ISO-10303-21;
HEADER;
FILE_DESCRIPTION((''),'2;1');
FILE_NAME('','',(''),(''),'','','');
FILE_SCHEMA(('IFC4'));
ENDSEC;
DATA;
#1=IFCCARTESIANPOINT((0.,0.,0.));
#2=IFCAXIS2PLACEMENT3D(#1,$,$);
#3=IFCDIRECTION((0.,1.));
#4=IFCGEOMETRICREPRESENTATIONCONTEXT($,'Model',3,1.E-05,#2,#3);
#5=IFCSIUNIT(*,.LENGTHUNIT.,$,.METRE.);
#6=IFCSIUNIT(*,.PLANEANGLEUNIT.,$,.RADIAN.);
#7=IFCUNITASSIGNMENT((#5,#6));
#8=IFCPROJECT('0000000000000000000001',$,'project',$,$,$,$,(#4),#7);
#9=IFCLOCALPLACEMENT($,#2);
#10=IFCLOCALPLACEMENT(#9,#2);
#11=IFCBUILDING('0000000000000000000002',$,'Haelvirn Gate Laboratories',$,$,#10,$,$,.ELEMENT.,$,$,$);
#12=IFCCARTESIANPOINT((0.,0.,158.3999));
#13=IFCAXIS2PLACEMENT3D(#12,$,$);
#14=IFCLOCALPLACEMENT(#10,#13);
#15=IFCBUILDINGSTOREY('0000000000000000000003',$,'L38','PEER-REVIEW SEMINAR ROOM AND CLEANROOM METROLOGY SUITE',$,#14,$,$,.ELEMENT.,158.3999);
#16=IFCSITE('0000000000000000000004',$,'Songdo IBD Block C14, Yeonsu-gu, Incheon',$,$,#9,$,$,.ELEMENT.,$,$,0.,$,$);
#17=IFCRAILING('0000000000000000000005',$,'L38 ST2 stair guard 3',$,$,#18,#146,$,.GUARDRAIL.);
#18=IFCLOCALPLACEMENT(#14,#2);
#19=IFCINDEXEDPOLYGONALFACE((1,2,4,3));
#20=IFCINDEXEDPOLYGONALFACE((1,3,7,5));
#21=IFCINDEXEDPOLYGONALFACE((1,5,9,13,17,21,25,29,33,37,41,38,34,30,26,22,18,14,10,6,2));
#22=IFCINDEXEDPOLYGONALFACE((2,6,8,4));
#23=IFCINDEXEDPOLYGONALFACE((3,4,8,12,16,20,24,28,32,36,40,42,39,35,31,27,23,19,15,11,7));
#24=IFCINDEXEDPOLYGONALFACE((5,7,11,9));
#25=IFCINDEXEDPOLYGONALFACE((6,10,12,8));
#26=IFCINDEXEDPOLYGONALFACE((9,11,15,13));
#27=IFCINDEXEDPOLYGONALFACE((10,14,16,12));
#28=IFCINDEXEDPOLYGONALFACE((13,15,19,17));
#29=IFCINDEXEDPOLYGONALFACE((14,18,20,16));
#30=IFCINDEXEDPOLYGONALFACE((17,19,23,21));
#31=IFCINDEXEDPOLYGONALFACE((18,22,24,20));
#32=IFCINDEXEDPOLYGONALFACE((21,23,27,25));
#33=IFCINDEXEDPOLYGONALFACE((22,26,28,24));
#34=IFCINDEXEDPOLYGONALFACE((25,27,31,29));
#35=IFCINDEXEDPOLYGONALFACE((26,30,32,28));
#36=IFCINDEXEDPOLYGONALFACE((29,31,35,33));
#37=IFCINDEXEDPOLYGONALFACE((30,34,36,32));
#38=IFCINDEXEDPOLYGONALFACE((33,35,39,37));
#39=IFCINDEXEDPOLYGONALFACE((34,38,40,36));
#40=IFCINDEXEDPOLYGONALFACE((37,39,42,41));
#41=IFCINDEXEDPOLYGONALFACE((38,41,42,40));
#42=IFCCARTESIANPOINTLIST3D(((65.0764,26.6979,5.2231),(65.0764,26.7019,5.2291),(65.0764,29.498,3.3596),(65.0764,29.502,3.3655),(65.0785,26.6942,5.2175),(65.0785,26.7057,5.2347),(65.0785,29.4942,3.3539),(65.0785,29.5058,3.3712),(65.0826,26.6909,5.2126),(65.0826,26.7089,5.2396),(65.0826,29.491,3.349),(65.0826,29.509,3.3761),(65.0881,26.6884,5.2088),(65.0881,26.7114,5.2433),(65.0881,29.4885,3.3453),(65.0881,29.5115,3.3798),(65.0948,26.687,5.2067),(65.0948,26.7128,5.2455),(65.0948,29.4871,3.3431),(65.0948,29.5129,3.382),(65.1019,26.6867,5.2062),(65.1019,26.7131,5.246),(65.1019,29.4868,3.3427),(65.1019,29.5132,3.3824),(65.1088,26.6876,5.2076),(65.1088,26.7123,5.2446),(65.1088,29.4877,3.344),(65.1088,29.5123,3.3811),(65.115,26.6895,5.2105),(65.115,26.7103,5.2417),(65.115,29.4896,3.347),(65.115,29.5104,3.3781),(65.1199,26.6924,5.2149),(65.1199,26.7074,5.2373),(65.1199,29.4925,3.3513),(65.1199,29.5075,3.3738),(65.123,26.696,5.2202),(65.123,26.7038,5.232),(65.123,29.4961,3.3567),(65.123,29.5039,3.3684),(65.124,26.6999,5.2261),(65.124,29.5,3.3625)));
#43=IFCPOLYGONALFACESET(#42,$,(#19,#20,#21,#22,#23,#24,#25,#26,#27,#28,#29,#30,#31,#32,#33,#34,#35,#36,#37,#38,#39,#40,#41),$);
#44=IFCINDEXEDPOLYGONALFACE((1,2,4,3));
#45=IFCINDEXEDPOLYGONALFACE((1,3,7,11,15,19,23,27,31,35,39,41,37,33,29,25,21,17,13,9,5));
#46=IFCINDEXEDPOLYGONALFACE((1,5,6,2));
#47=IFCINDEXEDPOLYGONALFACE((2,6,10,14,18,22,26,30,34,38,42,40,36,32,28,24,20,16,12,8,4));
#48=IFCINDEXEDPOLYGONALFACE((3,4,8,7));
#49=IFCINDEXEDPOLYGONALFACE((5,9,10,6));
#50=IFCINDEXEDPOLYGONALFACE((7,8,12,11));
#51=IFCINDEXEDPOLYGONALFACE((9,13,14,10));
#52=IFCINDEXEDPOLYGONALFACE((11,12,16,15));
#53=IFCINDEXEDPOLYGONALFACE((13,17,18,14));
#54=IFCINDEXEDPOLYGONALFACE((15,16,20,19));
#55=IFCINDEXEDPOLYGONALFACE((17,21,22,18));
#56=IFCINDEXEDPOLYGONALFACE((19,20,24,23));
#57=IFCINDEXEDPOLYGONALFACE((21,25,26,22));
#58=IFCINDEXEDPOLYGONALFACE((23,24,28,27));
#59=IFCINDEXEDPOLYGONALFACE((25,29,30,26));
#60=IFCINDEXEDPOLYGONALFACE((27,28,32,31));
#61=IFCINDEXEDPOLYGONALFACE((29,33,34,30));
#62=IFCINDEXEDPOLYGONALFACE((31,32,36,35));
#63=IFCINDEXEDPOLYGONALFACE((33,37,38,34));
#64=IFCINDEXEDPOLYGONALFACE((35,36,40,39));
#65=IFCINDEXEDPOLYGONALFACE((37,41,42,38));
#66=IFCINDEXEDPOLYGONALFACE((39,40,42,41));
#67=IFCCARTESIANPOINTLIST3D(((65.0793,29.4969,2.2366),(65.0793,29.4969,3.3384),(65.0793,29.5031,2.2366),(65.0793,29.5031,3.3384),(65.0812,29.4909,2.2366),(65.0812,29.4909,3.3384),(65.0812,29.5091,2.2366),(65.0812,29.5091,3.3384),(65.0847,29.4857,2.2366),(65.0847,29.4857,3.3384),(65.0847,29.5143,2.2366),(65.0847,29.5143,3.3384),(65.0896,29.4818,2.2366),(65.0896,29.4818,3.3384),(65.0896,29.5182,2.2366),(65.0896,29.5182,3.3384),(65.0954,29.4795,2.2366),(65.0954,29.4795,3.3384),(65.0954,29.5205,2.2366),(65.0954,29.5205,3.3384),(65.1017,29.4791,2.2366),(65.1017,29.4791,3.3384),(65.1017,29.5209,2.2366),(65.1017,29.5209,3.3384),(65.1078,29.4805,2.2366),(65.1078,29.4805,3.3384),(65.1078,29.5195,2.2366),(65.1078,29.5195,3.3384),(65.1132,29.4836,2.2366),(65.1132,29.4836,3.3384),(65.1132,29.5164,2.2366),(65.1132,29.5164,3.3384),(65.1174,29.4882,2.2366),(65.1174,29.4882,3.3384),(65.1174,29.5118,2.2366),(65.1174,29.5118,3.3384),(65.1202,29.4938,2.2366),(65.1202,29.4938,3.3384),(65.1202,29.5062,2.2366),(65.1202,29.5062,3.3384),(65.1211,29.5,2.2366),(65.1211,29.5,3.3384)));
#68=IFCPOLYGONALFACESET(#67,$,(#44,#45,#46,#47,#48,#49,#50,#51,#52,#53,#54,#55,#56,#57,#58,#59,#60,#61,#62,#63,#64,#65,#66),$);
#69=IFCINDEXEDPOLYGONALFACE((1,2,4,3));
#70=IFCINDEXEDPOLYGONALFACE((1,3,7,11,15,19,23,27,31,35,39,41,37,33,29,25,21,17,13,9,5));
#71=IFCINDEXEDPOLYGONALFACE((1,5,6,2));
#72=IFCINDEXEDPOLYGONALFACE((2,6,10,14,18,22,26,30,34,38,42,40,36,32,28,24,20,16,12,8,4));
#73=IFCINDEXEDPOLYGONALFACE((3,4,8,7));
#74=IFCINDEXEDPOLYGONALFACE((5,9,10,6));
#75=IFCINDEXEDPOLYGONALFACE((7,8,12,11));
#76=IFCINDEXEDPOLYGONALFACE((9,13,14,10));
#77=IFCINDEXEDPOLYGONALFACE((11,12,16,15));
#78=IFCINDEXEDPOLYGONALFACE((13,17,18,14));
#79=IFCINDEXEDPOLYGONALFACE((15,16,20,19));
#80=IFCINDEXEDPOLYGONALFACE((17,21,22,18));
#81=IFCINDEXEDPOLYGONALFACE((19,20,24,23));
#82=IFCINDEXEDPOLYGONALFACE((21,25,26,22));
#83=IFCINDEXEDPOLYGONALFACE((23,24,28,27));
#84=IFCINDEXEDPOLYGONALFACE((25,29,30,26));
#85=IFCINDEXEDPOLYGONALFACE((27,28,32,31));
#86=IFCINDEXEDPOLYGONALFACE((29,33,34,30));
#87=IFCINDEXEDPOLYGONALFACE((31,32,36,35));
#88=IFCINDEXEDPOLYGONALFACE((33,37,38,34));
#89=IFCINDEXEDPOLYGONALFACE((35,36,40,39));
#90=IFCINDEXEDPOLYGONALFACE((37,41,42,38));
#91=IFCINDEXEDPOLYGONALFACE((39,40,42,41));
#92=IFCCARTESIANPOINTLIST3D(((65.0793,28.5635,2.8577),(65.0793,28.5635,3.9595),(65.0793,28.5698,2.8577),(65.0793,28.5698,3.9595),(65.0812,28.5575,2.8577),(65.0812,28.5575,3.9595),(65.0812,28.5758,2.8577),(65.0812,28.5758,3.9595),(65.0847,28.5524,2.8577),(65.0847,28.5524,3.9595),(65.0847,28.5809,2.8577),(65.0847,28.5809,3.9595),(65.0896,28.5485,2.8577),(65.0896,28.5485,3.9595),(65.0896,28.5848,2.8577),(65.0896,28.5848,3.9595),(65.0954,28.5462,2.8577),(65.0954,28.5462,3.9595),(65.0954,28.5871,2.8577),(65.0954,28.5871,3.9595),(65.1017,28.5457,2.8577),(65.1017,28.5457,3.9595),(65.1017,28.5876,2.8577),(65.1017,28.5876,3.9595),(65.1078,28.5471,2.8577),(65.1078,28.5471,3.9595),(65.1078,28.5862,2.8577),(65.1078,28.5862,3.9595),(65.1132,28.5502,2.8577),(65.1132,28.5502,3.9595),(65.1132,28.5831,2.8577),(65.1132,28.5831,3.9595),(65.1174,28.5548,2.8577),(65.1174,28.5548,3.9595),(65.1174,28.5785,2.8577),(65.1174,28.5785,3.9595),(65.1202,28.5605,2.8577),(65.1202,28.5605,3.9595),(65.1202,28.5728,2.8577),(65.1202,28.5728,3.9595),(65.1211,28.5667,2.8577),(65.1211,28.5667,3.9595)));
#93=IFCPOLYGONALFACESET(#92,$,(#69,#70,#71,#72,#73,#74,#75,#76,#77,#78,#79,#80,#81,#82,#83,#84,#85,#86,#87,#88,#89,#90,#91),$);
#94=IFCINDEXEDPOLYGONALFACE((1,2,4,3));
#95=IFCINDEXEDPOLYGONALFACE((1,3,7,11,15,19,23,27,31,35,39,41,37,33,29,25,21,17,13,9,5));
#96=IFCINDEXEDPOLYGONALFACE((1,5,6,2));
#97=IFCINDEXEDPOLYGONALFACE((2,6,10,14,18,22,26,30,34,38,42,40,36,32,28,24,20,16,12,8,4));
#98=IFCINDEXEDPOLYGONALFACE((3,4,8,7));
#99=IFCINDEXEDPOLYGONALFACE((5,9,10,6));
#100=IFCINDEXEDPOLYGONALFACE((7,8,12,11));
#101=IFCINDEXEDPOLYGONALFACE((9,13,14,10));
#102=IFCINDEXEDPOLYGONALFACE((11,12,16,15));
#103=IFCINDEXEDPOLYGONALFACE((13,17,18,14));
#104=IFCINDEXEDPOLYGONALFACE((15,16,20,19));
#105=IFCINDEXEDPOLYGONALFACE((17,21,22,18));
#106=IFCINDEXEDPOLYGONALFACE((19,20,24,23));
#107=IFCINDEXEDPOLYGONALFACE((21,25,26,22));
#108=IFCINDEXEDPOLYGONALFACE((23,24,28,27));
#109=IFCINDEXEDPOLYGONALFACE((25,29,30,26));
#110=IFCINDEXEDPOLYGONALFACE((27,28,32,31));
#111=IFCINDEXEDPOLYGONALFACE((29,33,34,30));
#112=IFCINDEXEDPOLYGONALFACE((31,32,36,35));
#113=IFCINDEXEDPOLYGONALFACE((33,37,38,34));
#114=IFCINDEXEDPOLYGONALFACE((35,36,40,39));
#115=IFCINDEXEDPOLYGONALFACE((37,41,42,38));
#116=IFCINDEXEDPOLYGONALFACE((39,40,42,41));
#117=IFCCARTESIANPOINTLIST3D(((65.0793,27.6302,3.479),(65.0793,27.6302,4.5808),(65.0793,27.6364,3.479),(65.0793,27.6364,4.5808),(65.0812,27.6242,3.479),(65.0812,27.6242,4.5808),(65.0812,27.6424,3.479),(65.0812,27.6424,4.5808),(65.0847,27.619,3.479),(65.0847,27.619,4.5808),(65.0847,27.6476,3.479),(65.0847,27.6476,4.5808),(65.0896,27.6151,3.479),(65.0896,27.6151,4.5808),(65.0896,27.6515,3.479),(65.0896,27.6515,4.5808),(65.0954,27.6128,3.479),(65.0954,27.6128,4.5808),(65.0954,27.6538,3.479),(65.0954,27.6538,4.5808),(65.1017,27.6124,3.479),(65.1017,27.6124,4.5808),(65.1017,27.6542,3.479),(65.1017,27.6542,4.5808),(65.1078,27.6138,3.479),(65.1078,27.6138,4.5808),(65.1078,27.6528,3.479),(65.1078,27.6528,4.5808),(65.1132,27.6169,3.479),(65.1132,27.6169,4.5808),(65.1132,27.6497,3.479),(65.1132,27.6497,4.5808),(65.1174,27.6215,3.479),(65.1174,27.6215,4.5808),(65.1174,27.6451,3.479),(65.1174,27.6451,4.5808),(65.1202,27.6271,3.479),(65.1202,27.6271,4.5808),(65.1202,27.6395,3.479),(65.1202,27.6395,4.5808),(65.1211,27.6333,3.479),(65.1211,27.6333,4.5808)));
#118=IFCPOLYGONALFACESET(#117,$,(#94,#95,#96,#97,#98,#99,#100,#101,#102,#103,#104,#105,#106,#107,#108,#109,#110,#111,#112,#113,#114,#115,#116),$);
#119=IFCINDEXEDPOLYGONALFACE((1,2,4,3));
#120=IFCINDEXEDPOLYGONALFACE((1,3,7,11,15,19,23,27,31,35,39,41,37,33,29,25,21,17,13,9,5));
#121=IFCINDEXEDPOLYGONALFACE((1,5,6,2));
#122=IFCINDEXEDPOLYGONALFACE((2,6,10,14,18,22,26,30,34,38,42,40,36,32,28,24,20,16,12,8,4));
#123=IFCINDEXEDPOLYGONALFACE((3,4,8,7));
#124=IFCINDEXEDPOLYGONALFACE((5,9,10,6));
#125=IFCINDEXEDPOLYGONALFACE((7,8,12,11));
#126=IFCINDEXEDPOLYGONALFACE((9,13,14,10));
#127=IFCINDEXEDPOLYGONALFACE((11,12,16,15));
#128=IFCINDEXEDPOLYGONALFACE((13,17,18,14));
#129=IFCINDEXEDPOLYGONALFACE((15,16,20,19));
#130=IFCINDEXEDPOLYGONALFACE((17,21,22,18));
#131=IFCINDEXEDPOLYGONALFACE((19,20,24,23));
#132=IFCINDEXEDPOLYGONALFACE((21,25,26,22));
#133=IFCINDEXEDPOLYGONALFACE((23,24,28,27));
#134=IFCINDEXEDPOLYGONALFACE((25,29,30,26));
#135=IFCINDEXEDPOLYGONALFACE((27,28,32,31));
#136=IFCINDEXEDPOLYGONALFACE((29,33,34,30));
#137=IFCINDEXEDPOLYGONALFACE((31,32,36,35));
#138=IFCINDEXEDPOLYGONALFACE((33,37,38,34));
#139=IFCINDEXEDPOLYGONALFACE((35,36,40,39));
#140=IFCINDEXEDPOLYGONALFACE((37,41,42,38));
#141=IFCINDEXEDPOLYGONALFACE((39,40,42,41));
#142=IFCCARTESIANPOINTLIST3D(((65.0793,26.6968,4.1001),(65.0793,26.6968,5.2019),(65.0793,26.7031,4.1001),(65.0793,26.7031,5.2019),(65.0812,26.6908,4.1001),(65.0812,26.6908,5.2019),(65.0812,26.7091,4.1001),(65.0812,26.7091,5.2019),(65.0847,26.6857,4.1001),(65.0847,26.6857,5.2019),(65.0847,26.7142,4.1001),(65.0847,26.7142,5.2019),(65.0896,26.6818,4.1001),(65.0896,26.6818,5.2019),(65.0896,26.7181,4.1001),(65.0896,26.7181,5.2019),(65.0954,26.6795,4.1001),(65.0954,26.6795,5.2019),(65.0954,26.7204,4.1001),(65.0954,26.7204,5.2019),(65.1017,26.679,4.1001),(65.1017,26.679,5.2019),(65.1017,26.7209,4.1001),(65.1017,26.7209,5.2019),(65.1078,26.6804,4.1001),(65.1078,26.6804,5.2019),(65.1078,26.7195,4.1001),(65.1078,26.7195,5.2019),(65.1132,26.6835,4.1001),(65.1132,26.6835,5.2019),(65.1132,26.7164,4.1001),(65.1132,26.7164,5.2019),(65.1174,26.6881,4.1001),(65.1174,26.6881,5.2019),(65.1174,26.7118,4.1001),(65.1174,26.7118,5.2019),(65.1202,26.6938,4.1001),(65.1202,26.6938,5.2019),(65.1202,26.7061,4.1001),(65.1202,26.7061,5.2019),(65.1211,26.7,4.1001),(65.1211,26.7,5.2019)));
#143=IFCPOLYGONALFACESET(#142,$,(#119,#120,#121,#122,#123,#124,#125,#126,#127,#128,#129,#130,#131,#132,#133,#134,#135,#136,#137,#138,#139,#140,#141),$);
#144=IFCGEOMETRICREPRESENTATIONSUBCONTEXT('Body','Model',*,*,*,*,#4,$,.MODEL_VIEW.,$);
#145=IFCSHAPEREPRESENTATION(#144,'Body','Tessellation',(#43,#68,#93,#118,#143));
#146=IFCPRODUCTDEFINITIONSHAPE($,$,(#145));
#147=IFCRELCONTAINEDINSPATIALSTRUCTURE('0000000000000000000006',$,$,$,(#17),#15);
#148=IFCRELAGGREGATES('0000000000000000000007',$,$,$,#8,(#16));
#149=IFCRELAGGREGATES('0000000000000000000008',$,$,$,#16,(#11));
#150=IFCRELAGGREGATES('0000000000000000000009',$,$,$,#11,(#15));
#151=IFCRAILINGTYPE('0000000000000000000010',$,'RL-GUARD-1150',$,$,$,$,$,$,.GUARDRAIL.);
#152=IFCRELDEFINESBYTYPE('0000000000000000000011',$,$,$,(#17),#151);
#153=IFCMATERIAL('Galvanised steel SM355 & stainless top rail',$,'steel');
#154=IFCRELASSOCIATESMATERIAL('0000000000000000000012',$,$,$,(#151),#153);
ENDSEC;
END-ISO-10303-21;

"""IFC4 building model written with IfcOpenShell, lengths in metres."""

from ifc_helpers import new_model, si_unit, direction, frame, origin, origin_2d, place, context, subcontext, project, spatial, circle, extrude, source, transform, mapped, material, type_object, element, save


model = new_model("IFC4")

# Units and contexts
model_context = context("Model", 3, precision=1e-05, world=origin(), true_north=direction((0.0, 1.0)))
body_context = subcontext(model_context, "Body", "Model", "MODEL_VIEW")
ifc_project = project(units=[si_unit("LENGTHUNIT", "METRE"), si_unit("PLANEANGLEUNIT", "RADIAN")], contexts=[model_context])

# Site, building, storey
site_placement = place(None, origin())
site = spatial("IfcSite", under=ifc_project, at=site_placement, Name="Songdo IBD Block C14, Yeonsu-gu, Incheon", CompositionType="ELEMENT", RefElevation=0.0)
building_placement = place(site_placement, origin())
building = spatial("IfcBuilding", under=site, at=building_placement, Name="Haelvirn Gate Laboratories", CompositionType="ELEMENT")
storey_placement = place(building_placement, frame((0.0, 0.0, 158.3999)))
storey = spatial("IfcBuildingStorey", under=building, at=storey_placement, Name="L38", Description="PEER-REVIEW SEMINAR ROOM AND CLEANROOM METROLOGY SUITE", CompositionType="ELEMENT", Elevation=158.3999)

# Railing
ifc_material_1 = material(Name="Galvanised steel SM355 & stainless top rail", Category="steel")
railing_type_1 = type_object("IfcRailingType", Name="RL-GUARD-1150", PredefinedType="GUARDRAIL", material=ifc_material_1)
shared_shape_1 = source(origin(), body_context, "Body", "SweptSolid", [
    extrude(circle(Radius=0.0239, at=origin_2d()), frame((0.0, 0.0, 1.126), z_axis=(0.0, -0.832486, 0.554047), x_axis=(1.0, 0.0, 0.0)), (0.0, 0.0, 1.0), 3.3635),
    extrude(circle(Radius=0.021, at=origin_2d()), origin(), (0.0, 0.0, 1.0), 1.1018),
    extrude(circle(Radius=0.021, at=origin_2d()), frame((0.0, -0.9333, 0.6211)), (0.0, 0.0, 1.0), 1.1018),
    extrude(circle(Radius=0.021, at=origin_2d()), frame((0.0, -1.8667, 1.2424)), (0.0, 0.0, 1.0), 1.1018),
    extrude(circle(Radius=0.021, at=origin_2d()), frame((0.0, -2.8, 1.8635)), (0.0, 0.0, 1.0), 1.1018),
])
railing_1_placement = place(storey_placement, frame((65.1001, 29.5, 2.2366)))
element("IfcRailing", 1, at=railing_1_placement, inside=storey, type_object=railing_type_1, Name="L38 ST2 stair guard 3", PredefinedType="GUARDRAIL", context=body_context, shape_type="MappedRepresentation", body=[
    mapped(shared_shape_1, transform((0.0, 0.0, 0.0), scale=1.0)),
])

save(model, "model.ifc")
